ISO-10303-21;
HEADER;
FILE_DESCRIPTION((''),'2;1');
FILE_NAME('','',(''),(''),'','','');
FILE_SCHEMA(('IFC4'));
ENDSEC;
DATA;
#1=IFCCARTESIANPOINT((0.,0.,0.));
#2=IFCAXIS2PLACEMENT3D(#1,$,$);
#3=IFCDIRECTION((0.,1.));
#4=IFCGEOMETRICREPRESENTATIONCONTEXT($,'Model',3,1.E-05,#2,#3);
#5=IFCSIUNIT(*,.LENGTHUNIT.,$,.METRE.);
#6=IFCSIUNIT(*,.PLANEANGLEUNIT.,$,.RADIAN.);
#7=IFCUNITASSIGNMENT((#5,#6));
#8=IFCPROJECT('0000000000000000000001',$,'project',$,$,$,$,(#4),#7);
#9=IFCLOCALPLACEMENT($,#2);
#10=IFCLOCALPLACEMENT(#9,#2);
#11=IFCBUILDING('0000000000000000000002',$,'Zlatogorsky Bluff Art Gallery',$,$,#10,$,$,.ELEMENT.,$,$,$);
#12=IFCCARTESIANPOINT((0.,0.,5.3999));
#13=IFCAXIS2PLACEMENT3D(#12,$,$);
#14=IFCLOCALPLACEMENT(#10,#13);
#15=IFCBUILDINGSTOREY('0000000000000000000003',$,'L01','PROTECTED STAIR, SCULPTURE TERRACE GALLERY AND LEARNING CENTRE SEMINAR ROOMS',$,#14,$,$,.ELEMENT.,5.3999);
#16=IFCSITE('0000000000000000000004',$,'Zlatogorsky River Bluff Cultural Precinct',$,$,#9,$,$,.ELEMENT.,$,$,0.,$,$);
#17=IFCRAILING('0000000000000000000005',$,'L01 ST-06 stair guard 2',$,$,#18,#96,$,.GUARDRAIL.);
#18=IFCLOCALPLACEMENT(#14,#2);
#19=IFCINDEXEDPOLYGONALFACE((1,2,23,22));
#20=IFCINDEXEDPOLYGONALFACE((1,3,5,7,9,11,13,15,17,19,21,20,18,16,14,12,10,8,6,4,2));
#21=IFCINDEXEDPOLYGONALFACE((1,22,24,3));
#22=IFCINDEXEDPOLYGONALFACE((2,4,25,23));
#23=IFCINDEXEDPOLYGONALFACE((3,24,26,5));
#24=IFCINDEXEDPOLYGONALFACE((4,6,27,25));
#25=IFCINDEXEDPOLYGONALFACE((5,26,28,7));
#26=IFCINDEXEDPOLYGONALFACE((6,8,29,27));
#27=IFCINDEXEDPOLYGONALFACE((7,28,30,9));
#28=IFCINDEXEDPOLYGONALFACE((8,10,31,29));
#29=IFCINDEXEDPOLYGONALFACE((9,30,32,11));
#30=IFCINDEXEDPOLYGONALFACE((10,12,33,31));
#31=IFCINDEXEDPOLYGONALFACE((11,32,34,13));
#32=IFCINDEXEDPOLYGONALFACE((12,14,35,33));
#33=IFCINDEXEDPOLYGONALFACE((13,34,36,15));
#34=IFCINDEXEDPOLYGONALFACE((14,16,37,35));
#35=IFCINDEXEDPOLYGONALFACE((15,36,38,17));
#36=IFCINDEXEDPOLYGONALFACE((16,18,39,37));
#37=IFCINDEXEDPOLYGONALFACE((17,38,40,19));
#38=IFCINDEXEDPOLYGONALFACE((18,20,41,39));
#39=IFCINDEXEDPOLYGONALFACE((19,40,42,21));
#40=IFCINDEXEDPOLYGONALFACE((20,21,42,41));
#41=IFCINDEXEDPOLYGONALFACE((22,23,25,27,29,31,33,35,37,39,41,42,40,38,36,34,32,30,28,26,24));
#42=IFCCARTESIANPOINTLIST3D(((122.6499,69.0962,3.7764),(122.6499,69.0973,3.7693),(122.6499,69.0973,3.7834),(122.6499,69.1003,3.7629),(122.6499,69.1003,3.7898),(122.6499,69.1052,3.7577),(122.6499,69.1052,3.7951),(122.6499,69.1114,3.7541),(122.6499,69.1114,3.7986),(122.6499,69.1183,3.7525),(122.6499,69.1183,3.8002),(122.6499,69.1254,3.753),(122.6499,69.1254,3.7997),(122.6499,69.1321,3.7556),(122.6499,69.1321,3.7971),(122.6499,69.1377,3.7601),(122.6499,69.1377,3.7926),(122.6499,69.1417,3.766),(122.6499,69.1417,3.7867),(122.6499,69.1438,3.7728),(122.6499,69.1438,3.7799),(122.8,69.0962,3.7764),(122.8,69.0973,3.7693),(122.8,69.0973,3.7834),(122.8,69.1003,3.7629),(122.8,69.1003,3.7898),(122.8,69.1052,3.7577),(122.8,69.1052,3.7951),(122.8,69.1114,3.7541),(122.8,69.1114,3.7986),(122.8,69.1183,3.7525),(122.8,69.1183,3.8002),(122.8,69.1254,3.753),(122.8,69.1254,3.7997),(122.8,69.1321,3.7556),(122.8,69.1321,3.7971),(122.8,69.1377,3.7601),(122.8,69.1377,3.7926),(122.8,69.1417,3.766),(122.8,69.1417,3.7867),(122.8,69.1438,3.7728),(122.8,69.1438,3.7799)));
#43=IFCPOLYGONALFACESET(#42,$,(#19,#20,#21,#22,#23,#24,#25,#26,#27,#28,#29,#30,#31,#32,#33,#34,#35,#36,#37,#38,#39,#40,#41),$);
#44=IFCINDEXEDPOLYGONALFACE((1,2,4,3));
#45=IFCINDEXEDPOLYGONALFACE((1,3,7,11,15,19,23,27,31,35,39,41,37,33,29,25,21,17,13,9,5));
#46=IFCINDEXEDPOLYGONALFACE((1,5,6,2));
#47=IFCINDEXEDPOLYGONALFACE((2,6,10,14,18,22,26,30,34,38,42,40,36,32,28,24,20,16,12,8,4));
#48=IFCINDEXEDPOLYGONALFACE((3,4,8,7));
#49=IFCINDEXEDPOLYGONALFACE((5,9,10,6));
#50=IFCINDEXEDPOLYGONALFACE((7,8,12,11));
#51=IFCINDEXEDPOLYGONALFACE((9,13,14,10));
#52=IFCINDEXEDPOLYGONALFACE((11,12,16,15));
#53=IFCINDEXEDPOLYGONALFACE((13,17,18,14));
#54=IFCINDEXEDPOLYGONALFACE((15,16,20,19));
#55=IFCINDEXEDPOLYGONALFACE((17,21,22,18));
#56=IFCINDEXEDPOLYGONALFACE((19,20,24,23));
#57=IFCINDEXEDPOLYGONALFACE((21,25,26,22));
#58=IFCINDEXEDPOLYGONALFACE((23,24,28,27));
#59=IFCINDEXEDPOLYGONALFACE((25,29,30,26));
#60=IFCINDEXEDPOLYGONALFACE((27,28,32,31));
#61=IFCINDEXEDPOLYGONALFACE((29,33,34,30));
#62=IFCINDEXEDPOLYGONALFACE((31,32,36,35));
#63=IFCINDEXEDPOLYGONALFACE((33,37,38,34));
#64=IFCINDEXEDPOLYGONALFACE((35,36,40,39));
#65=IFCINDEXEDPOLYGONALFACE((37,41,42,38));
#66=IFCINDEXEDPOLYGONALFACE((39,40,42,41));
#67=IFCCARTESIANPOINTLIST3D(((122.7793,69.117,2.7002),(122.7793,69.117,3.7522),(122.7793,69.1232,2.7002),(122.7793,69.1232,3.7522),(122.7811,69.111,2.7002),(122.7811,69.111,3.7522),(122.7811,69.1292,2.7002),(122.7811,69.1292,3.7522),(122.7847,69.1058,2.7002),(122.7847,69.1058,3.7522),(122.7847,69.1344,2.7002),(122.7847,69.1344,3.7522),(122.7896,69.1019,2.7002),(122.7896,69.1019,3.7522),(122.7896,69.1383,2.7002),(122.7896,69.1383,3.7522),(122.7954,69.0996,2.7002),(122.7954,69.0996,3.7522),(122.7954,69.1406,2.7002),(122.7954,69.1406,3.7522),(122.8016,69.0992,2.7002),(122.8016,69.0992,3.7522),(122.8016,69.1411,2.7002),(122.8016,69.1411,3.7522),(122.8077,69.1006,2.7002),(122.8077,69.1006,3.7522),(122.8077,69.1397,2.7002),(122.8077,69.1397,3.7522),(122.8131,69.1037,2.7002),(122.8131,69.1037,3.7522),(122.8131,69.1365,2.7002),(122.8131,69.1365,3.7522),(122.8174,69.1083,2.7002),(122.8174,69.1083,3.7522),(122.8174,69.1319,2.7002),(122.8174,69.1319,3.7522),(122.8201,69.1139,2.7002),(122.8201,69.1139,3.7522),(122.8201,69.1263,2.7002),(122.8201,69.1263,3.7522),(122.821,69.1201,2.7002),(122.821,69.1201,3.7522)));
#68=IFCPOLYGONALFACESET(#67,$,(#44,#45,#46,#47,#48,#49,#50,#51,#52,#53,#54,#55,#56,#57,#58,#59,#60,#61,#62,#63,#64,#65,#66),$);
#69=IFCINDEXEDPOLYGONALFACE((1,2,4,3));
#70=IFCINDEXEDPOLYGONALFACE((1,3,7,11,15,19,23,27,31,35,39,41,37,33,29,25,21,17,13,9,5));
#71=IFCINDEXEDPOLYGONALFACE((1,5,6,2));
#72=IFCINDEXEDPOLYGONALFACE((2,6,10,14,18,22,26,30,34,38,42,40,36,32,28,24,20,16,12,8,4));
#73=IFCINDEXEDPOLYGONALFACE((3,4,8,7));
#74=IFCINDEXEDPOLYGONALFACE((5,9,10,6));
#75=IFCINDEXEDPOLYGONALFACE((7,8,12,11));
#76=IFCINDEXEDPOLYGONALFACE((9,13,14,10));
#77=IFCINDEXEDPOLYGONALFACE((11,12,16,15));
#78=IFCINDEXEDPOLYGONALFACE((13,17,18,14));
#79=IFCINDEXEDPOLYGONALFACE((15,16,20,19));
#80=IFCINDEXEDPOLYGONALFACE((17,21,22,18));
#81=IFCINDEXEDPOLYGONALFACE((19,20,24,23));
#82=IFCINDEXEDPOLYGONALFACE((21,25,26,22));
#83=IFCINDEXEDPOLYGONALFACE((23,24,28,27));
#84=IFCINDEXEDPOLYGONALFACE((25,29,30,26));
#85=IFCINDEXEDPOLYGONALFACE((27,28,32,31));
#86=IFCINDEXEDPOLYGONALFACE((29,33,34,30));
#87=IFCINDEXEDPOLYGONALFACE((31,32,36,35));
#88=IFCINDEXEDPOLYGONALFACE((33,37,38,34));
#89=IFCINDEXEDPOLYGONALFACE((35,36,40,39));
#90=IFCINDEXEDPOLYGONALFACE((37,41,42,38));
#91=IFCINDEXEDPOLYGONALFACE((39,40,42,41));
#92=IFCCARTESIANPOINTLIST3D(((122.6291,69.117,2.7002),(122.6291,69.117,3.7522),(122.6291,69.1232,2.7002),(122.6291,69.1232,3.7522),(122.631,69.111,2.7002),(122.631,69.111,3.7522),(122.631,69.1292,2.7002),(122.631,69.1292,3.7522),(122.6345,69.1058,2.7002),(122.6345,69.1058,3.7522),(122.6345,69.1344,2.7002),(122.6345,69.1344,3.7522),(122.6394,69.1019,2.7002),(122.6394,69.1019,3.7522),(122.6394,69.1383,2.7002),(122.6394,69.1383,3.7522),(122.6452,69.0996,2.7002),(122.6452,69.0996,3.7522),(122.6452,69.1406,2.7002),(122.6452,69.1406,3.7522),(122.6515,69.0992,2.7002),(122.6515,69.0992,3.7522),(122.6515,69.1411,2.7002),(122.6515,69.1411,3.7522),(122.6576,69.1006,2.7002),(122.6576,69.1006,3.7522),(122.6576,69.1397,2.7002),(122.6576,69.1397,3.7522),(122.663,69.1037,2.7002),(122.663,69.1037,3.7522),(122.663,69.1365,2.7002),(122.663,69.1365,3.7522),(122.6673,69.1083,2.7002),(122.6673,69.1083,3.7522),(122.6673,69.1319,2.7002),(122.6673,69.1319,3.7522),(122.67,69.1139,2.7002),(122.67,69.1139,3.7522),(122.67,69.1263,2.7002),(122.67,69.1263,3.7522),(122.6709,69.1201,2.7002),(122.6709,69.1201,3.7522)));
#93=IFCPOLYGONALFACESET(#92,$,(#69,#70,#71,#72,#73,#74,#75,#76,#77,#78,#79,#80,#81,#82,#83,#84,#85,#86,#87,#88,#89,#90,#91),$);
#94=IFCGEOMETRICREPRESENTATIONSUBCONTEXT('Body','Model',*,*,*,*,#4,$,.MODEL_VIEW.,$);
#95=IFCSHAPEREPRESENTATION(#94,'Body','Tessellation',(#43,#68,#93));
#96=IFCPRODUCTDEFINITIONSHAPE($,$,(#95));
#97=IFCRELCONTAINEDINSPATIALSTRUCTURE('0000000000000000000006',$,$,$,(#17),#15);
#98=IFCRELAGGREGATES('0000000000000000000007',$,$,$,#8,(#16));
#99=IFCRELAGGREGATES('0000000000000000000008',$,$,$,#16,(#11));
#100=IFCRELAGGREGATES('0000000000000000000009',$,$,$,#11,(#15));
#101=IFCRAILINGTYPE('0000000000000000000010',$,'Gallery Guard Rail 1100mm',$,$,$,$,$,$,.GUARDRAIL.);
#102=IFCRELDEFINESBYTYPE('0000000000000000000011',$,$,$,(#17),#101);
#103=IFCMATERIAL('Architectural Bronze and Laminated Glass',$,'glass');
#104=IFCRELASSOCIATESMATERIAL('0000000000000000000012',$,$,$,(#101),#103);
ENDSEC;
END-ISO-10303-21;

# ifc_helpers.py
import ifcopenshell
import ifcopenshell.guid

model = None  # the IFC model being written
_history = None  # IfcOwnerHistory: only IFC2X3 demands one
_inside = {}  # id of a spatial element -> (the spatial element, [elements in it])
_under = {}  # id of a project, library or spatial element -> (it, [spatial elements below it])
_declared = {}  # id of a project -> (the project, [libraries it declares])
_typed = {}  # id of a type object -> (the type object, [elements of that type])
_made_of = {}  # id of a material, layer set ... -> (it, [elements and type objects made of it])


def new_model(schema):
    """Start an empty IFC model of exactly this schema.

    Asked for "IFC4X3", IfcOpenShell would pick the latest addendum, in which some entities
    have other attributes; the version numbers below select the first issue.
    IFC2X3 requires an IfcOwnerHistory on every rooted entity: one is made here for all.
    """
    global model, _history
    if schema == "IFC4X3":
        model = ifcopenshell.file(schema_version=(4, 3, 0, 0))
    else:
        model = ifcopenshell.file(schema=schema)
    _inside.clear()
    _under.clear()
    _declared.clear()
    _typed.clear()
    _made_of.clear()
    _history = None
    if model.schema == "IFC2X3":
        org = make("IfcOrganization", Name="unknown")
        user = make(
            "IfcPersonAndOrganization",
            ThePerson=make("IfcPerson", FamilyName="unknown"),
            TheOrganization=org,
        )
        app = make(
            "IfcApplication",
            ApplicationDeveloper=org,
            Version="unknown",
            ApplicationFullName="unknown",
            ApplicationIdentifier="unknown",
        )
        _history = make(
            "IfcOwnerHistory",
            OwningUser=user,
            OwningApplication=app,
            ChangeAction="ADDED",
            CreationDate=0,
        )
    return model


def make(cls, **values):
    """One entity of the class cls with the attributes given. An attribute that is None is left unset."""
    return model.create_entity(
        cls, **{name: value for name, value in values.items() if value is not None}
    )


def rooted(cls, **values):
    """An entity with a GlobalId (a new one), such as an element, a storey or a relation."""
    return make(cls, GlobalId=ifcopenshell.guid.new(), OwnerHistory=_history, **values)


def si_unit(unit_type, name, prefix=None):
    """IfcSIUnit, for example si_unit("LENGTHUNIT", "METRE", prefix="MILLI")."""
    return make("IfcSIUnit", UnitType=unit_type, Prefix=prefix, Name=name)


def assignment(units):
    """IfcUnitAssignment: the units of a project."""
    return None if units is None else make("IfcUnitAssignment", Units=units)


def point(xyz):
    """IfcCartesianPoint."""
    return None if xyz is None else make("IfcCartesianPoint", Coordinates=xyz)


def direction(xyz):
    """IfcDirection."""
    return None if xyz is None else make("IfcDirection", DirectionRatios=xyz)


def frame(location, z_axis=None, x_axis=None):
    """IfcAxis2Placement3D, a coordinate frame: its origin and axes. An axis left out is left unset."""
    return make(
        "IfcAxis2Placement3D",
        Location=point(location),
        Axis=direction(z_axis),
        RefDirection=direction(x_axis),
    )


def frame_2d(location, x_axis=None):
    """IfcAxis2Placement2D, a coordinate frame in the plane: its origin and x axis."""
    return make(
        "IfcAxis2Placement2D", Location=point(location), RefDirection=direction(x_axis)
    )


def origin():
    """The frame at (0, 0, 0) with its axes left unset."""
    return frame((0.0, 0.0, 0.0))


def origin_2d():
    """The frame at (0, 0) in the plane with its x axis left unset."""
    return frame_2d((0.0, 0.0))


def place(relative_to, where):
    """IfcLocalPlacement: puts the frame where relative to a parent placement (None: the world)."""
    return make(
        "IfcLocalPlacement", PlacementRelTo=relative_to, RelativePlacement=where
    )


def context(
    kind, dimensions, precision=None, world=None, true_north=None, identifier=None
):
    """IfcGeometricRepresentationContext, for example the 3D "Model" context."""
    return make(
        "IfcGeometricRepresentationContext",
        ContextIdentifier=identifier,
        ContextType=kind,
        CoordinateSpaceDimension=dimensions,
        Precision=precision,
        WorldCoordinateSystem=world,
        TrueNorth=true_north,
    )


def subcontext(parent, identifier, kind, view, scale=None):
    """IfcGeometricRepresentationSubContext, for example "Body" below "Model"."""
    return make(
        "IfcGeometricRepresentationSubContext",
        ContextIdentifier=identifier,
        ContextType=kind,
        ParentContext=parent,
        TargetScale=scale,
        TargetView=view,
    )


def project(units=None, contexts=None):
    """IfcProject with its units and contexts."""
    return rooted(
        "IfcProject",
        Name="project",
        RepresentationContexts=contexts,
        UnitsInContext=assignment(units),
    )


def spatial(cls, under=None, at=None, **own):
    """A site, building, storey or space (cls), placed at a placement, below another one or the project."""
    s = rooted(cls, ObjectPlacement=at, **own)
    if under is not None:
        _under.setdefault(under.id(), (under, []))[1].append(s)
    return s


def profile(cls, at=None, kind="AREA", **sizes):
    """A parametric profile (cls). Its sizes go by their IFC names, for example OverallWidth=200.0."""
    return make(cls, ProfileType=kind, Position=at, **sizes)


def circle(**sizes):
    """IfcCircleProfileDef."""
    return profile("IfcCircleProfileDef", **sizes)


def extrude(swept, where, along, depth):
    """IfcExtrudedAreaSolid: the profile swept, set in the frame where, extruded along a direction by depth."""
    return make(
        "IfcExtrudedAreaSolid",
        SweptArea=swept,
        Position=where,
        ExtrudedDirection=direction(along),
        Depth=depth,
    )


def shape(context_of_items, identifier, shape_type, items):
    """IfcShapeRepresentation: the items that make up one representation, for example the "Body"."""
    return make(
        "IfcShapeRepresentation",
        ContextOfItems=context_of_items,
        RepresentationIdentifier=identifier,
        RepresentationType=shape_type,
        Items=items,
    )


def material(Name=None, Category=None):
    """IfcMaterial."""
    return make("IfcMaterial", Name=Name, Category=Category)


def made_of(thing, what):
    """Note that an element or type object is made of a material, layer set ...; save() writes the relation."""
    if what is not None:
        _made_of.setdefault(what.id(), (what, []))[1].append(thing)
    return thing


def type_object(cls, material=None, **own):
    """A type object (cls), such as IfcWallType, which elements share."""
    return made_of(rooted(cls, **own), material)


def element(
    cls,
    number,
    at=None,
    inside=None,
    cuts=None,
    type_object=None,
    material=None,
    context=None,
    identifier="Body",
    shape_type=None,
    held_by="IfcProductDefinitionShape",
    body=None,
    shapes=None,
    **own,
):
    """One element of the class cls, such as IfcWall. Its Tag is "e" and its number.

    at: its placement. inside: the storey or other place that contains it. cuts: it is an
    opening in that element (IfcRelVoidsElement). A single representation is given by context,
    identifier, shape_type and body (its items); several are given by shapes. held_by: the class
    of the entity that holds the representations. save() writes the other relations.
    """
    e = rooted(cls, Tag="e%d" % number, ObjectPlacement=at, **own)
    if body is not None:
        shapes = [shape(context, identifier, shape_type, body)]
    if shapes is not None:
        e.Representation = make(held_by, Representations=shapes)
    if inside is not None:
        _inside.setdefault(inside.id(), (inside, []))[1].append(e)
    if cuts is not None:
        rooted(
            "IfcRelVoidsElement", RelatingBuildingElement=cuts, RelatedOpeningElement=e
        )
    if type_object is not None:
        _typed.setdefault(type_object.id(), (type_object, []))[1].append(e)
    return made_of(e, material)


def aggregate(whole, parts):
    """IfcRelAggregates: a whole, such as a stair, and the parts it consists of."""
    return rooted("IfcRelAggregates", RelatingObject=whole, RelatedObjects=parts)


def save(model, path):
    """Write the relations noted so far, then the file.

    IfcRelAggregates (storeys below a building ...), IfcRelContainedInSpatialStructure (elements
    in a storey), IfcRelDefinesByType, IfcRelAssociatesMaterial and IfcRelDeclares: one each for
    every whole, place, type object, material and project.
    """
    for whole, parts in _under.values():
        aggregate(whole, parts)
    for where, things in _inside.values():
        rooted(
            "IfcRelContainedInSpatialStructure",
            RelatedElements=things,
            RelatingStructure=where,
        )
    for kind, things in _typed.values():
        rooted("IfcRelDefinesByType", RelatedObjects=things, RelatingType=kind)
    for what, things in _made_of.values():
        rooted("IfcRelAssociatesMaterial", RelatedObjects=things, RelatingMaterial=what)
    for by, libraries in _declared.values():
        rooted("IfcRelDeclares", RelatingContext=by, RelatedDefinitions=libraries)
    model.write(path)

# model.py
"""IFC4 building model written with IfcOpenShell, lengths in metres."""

from ifc_helpers import new_model, si_unit, direction, frame, origin, origin_2d, place, context, subcontext, project, spatial, circle, extrude, material, type_object, element, save


model = new_model("IFC4")

# Units and contexts
model_context = context("Model", 3, precision=1e-05, world=origin(), true_north=direction((0.0, 1.0)))
body_context = subcontext(model_context, "Body", "Model", "MODEL_VIEW")
ifc_project = project(units=[si_unit("LENGTHUNIT", "METRE"), si_unit("PLANEANGLEUNIT", "RADIAN")], contexts=[model_context])

# Site, building, storey
site_placement = place(None, origin())
site = spatial("IfcSite", under=ifc_project, at=site_placement, Name="Zlatogorsky River Bluff Cultural Precinct", CompositionType="ELEMENT", RefElevation=0.0)
building_placement = place(site_placement, origin())
building = spatial("IfcBuilding", under=site, at=building_placement, Name="Zlatogorsky Bluff Art Gallery", CompositionType="ELEMENT")
storey_placement = place(building_placement, frame((0.0, 0.0, 5.3999)))
storey = spatial("IfcBuildingStorey", under=building, at=storey_placement, Name="L01", Description="PROTECTED STAIR, SCULPTURE TERRACE GALLERY AND LEARNING CENTRE SEMINAR ROOMS", CompositionType="ELEMENT", Elevation=5.3999)

# Railing
ifc_material_1 = material(Name="Architectural Bronze and Laminated Glass", Category="glass")
railing_type_1 = type_object("IfcRailingType", Name="Gallery Guard Rail 1100mm", PredefinedType="GUARDRAIL", material=ifc_material_1)
railing_1_placement = place(storey_placement, frame((122.8, 69.1201, 2.7002)))
element("IfcRailing", 1, at=railing_1_placement, inside=storey, type_object=railing_type_1, Name="L01 ST-06 stair guard 2", PredefinedType="GUARDRAIL", context=body_context, shape_type="SweptSolid", body=[
    extrude(circle(Radius=0.0239, at=origin_2d()), frame((0.0, 0.0, 1.0762), z_axis=(-1.0, 0.0, 0.0), x_axis=(0.0, -1.0, 0.0)), (0.0, 0.0, 1.0), 0.1501),
    extrude(circle(Radius=0.021, at=origin_2d()), origin(), (0.0, 0.0, 1.0), 1.052),
    extrude(circle(Radius=0.021, at=origin_2d()), frame((-0.1501, 0.0, 0.0)), (0.0, 0.0, 1.0), 1.052),
])

save(model, "model.ifc")
